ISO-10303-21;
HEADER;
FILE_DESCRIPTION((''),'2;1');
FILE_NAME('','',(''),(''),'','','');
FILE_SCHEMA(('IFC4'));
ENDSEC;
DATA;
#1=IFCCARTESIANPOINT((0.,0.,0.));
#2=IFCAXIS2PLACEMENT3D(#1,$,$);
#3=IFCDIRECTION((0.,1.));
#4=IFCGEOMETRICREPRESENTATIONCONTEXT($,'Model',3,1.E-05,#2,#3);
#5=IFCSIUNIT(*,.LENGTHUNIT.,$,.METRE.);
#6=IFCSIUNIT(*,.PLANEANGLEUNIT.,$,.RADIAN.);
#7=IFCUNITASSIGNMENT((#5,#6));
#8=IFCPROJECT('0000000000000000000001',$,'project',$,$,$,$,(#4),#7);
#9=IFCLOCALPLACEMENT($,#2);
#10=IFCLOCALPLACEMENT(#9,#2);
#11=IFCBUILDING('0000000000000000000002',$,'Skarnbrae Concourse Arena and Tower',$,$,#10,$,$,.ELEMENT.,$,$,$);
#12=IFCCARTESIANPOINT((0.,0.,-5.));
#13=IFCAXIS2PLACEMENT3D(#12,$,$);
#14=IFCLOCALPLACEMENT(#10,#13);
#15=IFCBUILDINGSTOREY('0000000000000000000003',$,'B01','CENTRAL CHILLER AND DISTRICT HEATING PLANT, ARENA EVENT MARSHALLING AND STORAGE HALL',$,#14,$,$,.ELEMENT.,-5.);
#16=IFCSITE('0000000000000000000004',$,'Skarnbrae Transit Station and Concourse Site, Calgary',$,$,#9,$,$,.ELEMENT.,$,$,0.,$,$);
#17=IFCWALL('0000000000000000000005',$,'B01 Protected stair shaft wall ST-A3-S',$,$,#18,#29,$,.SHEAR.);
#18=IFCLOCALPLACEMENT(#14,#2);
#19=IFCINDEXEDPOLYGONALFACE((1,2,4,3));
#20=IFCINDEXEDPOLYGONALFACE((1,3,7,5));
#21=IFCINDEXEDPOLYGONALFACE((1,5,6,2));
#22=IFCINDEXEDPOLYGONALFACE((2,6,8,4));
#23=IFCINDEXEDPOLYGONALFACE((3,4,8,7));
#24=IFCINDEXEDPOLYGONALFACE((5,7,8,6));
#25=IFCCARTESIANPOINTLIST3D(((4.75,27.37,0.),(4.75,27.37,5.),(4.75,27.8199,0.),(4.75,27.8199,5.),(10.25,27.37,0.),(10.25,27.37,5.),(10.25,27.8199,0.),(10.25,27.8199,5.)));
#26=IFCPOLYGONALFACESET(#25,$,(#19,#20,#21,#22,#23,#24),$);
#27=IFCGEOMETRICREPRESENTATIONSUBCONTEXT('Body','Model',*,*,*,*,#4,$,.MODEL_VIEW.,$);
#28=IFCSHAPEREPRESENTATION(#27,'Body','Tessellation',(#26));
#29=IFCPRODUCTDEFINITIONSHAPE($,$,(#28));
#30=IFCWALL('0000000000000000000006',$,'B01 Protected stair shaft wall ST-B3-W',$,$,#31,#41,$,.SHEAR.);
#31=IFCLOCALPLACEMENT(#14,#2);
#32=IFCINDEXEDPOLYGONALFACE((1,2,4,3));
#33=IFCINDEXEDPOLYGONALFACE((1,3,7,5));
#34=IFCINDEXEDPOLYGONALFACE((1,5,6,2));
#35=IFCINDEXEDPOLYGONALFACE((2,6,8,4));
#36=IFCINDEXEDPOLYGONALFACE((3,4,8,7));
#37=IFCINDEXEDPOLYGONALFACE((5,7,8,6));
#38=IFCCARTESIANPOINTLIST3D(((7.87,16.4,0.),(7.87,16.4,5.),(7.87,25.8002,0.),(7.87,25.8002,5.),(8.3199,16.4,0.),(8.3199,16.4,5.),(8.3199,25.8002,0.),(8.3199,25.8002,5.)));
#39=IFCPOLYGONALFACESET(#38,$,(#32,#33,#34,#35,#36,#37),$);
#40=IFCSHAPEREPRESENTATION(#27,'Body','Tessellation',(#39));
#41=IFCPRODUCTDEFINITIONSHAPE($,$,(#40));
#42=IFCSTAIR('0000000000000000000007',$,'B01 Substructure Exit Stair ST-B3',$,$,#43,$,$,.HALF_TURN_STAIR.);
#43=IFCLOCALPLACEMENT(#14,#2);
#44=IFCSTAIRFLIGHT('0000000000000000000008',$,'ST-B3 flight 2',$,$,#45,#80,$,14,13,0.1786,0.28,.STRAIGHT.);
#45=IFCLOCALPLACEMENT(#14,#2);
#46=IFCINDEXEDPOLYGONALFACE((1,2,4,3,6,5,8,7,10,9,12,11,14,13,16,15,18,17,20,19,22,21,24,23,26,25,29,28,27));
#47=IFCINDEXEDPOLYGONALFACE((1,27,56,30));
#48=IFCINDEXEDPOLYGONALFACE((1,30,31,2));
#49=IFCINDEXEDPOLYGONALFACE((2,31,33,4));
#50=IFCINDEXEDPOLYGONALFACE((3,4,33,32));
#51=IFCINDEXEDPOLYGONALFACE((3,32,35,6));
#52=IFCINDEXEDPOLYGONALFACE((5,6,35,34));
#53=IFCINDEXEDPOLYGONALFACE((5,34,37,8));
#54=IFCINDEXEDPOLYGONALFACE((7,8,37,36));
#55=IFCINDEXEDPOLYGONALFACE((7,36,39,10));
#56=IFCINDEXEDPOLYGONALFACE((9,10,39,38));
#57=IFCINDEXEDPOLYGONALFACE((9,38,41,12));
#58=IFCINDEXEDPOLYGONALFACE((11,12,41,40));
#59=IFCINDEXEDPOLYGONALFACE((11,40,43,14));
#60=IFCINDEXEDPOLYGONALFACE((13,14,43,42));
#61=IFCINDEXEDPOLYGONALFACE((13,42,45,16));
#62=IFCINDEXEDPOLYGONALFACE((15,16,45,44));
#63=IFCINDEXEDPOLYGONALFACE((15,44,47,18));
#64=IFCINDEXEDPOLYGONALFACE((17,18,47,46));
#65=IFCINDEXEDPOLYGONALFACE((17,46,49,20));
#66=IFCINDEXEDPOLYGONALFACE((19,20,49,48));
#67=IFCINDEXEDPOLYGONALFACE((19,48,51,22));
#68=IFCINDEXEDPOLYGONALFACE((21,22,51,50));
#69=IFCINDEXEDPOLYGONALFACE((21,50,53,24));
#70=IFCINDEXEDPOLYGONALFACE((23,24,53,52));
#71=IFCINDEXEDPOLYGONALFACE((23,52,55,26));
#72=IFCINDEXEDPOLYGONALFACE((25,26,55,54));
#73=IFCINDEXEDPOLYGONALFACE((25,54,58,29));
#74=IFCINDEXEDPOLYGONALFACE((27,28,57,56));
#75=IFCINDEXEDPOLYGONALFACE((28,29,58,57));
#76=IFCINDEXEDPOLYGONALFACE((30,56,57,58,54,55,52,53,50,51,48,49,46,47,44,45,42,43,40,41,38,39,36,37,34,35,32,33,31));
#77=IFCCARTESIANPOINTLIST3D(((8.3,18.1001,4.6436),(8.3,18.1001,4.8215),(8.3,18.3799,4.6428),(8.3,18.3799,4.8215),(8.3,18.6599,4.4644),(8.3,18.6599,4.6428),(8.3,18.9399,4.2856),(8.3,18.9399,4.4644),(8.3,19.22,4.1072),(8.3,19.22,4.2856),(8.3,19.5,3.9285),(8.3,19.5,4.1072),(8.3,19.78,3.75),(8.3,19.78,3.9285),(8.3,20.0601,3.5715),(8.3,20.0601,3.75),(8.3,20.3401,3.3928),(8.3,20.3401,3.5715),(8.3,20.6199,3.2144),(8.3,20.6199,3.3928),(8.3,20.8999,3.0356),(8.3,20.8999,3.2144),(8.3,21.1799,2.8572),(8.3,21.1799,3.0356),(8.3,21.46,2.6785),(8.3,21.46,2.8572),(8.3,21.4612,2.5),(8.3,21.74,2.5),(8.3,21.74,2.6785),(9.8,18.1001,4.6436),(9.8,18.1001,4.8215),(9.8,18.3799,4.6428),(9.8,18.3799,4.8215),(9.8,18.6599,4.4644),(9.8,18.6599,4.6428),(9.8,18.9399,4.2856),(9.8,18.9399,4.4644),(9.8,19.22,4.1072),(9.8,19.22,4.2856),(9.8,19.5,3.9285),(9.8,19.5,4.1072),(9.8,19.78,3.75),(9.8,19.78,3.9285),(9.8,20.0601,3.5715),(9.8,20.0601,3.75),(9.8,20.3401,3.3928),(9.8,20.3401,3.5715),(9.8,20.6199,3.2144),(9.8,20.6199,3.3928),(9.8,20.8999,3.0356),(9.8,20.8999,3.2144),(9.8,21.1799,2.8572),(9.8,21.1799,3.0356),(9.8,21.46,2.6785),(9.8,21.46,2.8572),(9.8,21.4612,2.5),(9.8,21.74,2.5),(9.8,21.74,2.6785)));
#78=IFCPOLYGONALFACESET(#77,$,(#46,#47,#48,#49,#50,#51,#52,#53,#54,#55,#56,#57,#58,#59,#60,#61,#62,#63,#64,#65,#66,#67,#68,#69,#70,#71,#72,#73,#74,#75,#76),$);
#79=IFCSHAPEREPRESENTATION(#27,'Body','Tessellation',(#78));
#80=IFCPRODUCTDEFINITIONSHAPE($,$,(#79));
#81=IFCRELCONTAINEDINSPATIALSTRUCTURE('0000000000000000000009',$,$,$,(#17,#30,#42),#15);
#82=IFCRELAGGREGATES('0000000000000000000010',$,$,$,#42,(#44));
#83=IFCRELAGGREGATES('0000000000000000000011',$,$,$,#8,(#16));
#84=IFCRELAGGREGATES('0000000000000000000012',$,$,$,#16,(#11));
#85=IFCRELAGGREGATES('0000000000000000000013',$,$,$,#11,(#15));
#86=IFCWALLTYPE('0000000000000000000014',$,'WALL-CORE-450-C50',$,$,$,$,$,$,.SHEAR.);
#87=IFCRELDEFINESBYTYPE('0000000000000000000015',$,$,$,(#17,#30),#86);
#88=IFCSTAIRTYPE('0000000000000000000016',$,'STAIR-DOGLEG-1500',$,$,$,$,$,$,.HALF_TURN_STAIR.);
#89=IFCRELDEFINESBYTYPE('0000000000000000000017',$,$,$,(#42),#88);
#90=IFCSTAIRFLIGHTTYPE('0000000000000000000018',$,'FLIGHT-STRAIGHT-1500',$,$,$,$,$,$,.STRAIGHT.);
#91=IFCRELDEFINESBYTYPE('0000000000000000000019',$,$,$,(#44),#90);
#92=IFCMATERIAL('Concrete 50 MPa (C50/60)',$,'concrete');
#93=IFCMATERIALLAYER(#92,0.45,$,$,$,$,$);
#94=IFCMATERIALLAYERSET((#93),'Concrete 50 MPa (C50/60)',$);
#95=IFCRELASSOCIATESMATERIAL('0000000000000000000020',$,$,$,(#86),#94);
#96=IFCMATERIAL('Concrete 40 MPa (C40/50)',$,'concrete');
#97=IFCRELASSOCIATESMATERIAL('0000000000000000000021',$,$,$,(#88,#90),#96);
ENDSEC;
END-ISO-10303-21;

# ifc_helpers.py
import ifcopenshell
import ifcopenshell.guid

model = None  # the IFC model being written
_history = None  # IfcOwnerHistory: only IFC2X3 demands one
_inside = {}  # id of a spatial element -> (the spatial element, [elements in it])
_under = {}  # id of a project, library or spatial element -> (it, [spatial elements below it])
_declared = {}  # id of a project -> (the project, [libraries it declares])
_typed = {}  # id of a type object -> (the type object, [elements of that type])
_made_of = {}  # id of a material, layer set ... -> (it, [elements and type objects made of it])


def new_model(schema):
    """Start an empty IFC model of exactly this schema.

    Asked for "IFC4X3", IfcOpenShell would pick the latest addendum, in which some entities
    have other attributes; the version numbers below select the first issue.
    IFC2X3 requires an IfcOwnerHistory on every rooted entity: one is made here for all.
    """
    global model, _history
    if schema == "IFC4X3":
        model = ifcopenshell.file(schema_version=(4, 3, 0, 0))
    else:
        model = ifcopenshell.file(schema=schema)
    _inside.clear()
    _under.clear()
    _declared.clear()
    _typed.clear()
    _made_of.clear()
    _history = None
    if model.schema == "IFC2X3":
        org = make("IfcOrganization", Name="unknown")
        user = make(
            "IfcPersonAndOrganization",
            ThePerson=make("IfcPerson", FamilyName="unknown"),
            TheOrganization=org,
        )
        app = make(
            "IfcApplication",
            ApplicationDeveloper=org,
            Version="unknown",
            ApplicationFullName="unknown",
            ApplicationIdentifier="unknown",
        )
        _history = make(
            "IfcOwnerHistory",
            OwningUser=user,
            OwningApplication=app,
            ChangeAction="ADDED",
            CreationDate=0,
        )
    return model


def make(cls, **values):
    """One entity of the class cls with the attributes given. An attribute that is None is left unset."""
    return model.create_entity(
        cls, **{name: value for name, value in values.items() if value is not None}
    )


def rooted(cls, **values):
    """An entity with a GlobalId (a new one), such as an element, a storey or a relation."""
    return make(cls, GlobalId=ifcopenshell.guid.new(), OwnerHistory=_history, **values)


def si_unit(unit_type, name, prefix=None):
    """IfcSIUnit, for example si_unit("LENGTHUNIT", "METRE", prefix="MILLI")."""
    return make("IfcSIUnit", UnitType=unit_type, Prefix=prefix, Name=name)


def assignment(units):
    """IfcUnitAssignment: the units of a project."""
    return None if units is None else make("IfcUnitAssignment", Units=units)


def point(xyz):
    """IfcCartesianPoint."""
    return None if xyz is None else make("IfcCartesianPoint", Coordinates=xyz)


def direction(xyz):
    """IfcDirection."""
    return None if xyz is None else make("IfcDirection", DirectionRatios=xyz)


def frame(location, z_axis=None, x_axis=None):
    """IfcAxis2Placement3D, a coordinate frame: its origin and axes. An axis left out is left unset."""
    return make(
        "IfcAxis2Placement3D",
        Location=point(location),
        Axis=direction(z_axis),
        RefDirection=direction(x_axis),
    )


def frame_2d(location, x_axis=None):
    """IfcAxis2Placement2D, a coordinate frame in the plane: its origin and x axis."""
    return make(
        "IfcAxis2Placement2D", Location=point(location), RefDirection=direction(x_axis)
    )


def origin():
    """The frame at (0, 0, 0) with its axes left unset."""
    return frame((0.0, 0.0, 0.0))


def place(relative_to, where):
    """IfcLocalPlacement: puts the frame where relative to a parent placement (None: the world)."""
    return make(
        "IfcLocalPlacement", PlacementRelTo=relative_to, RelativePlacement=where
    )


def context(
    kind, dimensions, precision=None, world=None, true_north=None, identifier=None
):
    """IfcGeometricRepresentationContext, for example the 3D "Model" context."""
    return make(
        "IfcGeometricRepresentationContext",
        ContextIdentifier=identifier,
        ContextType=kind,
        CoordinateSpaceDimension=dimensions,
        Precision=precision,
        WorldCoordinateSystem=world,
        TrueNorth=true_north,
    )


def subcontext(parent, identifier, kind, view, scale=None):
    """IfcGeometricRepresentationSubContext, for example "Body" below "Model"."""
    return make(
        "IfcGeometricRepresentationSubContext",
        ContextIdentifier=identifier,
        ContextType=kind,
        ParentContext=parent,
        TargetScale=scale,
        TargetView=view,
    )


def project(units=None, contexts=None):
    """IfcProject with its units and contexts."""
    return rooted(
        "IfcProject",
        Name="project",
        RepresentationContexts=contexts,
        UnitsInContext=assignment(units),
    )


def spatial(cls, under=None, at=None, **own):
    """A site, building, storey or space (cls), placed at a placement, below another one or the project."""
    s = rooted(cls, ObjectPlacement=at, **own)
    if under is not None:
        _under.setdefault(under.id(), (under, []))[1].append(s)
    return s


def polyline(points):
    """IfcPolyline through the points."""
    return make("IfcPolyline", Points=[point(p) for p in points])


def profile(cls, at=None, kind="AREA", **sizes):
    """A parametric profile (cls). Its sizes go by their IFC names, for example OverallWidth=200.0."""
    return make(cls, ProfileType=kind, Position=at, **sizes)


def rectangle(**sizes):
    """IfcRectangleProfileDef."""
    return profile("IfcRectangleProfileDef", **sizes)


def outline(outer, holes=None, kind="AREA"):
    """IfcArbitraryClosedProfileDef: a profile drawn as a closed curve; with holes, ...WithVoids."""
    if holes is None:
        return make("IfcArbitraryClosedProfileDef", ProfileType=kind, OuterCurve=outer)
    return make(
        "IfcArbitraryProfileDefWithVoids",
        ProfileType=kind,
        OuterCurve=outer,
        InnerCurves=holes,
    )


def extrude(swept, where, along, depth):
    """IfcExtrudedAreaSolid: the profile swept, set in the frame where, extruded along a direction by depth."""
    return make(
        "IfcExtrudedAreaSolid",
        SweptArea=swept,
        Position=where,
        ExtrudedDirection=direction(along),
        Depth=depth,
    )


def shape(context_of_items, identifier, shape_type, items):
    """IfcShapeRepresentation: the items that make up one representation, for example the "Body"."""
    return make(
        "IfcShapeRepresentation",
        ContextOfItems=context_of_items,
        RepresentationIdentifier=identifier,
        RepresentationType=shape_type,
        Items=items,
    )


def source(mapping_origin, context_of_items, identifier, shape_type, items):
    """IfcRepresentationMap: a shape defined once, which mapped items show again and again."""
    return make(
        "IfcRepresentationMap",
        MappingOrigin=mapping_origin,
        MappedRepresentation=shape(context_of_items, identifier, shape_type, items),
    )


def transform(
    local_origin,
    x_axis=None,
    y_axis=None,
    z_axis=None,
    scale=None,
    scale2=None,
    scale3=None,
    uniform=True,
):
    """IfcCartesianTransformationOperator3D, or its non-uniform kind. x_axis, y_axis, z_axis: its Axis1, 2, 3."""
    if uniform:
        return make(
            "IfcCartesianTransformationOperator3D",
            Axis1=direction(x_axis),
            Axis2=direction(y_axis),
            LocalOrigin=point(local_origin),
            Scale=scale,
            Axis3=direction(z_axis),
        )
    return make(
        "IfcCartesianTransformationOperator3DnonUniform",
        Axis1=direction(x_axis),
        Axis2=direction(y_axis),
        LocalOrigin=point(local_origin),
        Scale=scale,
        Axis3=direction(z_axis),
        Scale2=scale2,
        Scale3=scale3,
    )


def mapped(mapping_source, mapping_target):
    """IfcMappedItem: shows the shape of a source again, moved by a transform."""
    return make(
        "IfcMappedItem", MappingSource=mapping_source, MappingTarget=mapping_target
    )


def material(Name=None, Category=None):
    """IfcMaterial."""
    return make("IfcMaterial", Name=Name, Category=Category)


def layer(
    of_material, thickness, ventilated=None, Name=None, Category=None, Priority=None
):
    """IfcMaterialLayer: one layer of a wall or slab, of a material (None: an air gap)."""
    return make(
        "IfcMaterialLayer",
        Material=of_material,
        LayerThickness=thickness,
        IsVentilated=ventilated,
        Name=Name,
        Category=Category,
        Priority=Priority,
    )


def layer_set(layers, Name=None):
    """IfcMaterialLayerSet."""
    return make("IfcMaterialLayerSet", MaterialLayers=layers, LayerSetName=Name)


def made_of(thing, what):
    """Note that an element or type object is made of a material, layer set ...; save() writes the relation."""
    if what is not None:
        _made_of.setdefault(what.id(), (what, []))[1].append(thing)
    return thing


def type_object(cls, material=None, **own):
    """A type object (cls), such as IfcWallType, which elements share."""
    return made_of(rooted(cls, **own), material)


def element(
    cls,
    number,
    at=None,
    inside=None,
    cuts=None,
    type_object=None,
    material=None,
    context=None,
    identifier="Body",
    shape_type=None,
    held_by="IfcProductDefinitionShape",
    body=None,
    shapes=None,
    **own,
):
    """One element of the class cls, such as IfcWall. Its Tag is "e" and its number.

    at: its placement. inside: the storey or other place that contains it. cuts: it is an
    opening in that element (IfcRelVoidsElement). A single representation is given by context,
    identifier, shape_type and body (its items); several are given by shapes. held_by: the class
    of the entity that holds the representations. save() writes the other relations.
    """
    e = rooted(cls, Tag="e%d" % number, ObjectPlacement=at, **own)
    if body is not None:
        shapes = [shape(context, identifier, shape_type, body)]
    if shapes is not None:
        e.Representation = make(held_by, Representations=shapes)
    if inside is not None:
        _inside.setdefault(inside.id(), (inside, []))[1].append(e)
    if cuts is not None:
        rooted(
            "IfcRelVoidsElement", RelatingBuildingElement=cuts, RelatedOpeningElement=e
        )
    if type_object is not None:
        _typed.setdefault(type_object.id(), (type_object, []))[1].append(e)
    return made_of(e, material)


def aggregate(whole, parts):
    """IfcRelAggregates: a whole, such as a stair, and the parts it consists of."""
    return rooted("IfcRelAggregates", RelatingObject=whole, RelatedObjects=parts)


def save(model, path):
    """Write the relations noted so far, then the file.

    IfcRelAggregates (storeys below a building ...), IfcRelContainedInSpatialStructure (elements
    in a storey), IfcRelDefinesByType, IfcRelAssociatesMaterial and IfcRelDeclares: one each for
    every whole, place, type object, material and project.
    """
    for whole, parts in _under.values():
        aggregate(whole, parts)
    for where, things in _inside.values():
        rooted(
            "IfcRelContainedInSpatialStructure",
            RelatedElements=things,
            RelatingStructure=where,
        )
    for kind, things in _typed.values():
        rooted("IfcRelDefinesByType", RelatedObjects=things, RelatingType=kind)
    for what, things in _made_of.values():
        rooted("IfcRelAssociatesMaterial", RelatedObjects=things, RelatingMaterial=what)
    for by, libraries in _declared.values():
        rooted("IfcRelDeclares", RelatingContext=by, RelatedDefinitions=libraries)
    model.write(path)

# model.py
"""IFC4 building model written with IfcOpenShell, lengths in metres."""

from ifc_helpers import new_model, si_unit, direction, frame, frame_2d, origin, place, context, subcontext, project, spatial, polyline, rectangle, outline, extrude, source, transform, mapped, material, layer, layer_set, type_object, element, aggregate, save


model = new_model("IFC4")

# Units and contexts
model_context = context("Model", 3, precision=1e-05, world=origin(), true_north=direction((0.0, 1.0)))
body_context = subcontext(model_context, "Body", "Model", "MODEL_VIEW")
ifc_project = project(units=[si_unit("LENGTHUNIT", "METRE"), si_unit("PLANEANGLEUNIT", "RADIAN")], contexts=[model_context])

# Site, building, storey
site_placement = place(None, origin())
site = spatial("IfcSite", under=ifc_project, at=site_placement, Name="Skarnbrae Transit Station and Concourse Site, Calgary", CompositionType="ELEMENT", RefElevation=0.0)
building_placement = place(site_placement, origin())
building = spatial("IfcBuilding", under=site, at=building_placement, Name="Skarnbrae Concourse Arena and Tower", CompositionType="ELEMENT")
storey_placement = place(building_placement, frame((0.0, 0.0, -5.0)))
storey = spatial("IfcBuildingStorey", under=building, at=storey_placement, Name="B01", Description="CENTRAL CHILLER AND DISTRICT HEATING PLANT, ARENA EVENT MARSHALLING AND STORAGE HALL", CompositionType="ELEMENT", Elevation=-5.0)

# Shared definitions
ifc_material_1 = material(Name="Concrete 50 MPa (C50/60)", Category="concrete")
ifc_layer = layer(ifc_material_1, 0.45)
ifc_layer_set = layer_set([ifc_layer], Name="Concrete 50 MPa (C50/60)")
wall_type = type_object("IfcWallType", Name="WALL-CORE-450-C50", PredefinedType="SHEAR", material=ifc_layer_set)

# Walls
shared_shape_1 = source(origin(), body_context, "Body", "SweptSolid", [
    extrude(rectangle(XDim=5.5, YDim=0.45, at=frame_2d((2.75, 0.0))), origin(), (0.0, 0.0, 1.0), 5.0),
])
wall_1_placement = place(storey_placement, frame((4.75, 27.595, 0.0), z_axis=(0.0, 0.0, 1.0), x_axis=(1.0, 0.0, 0.0)))
element("IfcWall", 1, at=wall_1_placement, inside=storey, type_object=wall_type, Name="B01 Protected stair shaft wall ST-A3-S", PredefinedType="SHEAR", context=body_context, shape_type="MappedRepresentation", body=[
    mapped(shared_shape_1, transform((0.0, 0.0, 0.0))),
])
shared_shape_2 = source(origin(), body_context, "Body", "SweptSolid", [
    extrude(rectangle(XDim=9.4001, YDim=0.45, at=frame_2d((4.7002, 0.0))), origin(), (0.0, 0.0, 1.0), 5.0),
])
wall_2_placement = place(storey_placement, frame((8.095, 16.3999, 0.0), z_axis=(0.0, 0.0, 1.0), x_axis=(0.0, 1.0, 0.0)))
element("IfcWall", 2, at=wall_2_placement, inside=storey, type_object=wall_type, Name="B01 Protected stair shaft wall ST-B3-W", PredefinedType="SHEAR", context=body_context, shape_type="MappedRepresentation", body=[
    mapped(shared_shape_2, transform((0.0, 0.0, 0.0))),
])

# Stair, stair flight
ifc_material_2 = material(Name="Concrete 40 MPa (C40/50)", Category="concrete")
stair_type = type_object("IfcStairType", Name="STAIR-DOGLEG-1500", PredefinedType="HALF_TURN_STAIR", material=ifc_material_2)
stair_placement = place(storey_placement, origin())
stair = element("IfcStair", 3, at=stair_placement, inside=storey, type_object=stair_type, Name="B01 Substructure Exit Stair ST-B3", PredefinedType="HALF_TURN_STAIR")
stair_flight_type = type_object("IfcStairFlightType", Name="FLIGHT-STRAIGHT-1500", PredefinedType="STRAIGHT", material=ifc_material_2)
shared_shape_3 = source(origin(), body_context, "Body", "SweptSolid", [
    extrude(outline(polyline([(0.0, 0.0), (0.0, 0.1785), (0.28, 0.1785), (0.28, 0.3572), (0.5601, 0.3572), (0.5601, 0.5356), (0.8401, 0.5356), (0.8401, 0.7144), (1.1201, 0.7144), (1.1201, 0.8928), (1.3999, 0.8928), (1.3999, 1.0715), (1.6799, 1.0715), (1.6799, 1.25), (1.96, 1.25), (1.96, 1.4285), (2.24, 1.4285), (2.24, 1.6072), (2.52, 1.6072), (2.52, 1.7856), (2.8, 1.7856), (2.8, 1.9644), (3.0801, 1.9644), (3.0801, 2.1428), (3.3601, 2.1428), (3.3601, 2.3215), (3.6399, 2.3215), (3.6399, 2.5), (3.6399, 2.1436), (0.2788, 0.0), (0.0, 0.0)])), frame((0.0, 0.75, 0.0), z_axis=(0.0, -1.0, 0.0), x_axis=(1.0, 0.0, 0.0)), (0.0, 0.0, 1.0), 1.5),
])
stair_flight_placement = place(storey_placement, frame((9.05, 21.74, 2.5), z_axis=(0.0, 0.0, 1.0), x_axis=(0.0, -1.0, 0.0)))
stair_flight = element("IfcStairFlight", 4, at=stair_flight_placement, type_object=stair_flight_type, Name="ST-B3 flight 2", NumberOfRisers=14, NumberOfTreads=13, PredefinedType="STRAIGHT", RiserHeight=0.1786, TreadLength=0.28, context=body_context, shape_type="MappedRepresentation", body=[
    mapped(shared_shape_3, transform((0.0, 0.0, 0.0))),
])
aggregate(stair, [stair_flight])

save(model, "model.ifc")
